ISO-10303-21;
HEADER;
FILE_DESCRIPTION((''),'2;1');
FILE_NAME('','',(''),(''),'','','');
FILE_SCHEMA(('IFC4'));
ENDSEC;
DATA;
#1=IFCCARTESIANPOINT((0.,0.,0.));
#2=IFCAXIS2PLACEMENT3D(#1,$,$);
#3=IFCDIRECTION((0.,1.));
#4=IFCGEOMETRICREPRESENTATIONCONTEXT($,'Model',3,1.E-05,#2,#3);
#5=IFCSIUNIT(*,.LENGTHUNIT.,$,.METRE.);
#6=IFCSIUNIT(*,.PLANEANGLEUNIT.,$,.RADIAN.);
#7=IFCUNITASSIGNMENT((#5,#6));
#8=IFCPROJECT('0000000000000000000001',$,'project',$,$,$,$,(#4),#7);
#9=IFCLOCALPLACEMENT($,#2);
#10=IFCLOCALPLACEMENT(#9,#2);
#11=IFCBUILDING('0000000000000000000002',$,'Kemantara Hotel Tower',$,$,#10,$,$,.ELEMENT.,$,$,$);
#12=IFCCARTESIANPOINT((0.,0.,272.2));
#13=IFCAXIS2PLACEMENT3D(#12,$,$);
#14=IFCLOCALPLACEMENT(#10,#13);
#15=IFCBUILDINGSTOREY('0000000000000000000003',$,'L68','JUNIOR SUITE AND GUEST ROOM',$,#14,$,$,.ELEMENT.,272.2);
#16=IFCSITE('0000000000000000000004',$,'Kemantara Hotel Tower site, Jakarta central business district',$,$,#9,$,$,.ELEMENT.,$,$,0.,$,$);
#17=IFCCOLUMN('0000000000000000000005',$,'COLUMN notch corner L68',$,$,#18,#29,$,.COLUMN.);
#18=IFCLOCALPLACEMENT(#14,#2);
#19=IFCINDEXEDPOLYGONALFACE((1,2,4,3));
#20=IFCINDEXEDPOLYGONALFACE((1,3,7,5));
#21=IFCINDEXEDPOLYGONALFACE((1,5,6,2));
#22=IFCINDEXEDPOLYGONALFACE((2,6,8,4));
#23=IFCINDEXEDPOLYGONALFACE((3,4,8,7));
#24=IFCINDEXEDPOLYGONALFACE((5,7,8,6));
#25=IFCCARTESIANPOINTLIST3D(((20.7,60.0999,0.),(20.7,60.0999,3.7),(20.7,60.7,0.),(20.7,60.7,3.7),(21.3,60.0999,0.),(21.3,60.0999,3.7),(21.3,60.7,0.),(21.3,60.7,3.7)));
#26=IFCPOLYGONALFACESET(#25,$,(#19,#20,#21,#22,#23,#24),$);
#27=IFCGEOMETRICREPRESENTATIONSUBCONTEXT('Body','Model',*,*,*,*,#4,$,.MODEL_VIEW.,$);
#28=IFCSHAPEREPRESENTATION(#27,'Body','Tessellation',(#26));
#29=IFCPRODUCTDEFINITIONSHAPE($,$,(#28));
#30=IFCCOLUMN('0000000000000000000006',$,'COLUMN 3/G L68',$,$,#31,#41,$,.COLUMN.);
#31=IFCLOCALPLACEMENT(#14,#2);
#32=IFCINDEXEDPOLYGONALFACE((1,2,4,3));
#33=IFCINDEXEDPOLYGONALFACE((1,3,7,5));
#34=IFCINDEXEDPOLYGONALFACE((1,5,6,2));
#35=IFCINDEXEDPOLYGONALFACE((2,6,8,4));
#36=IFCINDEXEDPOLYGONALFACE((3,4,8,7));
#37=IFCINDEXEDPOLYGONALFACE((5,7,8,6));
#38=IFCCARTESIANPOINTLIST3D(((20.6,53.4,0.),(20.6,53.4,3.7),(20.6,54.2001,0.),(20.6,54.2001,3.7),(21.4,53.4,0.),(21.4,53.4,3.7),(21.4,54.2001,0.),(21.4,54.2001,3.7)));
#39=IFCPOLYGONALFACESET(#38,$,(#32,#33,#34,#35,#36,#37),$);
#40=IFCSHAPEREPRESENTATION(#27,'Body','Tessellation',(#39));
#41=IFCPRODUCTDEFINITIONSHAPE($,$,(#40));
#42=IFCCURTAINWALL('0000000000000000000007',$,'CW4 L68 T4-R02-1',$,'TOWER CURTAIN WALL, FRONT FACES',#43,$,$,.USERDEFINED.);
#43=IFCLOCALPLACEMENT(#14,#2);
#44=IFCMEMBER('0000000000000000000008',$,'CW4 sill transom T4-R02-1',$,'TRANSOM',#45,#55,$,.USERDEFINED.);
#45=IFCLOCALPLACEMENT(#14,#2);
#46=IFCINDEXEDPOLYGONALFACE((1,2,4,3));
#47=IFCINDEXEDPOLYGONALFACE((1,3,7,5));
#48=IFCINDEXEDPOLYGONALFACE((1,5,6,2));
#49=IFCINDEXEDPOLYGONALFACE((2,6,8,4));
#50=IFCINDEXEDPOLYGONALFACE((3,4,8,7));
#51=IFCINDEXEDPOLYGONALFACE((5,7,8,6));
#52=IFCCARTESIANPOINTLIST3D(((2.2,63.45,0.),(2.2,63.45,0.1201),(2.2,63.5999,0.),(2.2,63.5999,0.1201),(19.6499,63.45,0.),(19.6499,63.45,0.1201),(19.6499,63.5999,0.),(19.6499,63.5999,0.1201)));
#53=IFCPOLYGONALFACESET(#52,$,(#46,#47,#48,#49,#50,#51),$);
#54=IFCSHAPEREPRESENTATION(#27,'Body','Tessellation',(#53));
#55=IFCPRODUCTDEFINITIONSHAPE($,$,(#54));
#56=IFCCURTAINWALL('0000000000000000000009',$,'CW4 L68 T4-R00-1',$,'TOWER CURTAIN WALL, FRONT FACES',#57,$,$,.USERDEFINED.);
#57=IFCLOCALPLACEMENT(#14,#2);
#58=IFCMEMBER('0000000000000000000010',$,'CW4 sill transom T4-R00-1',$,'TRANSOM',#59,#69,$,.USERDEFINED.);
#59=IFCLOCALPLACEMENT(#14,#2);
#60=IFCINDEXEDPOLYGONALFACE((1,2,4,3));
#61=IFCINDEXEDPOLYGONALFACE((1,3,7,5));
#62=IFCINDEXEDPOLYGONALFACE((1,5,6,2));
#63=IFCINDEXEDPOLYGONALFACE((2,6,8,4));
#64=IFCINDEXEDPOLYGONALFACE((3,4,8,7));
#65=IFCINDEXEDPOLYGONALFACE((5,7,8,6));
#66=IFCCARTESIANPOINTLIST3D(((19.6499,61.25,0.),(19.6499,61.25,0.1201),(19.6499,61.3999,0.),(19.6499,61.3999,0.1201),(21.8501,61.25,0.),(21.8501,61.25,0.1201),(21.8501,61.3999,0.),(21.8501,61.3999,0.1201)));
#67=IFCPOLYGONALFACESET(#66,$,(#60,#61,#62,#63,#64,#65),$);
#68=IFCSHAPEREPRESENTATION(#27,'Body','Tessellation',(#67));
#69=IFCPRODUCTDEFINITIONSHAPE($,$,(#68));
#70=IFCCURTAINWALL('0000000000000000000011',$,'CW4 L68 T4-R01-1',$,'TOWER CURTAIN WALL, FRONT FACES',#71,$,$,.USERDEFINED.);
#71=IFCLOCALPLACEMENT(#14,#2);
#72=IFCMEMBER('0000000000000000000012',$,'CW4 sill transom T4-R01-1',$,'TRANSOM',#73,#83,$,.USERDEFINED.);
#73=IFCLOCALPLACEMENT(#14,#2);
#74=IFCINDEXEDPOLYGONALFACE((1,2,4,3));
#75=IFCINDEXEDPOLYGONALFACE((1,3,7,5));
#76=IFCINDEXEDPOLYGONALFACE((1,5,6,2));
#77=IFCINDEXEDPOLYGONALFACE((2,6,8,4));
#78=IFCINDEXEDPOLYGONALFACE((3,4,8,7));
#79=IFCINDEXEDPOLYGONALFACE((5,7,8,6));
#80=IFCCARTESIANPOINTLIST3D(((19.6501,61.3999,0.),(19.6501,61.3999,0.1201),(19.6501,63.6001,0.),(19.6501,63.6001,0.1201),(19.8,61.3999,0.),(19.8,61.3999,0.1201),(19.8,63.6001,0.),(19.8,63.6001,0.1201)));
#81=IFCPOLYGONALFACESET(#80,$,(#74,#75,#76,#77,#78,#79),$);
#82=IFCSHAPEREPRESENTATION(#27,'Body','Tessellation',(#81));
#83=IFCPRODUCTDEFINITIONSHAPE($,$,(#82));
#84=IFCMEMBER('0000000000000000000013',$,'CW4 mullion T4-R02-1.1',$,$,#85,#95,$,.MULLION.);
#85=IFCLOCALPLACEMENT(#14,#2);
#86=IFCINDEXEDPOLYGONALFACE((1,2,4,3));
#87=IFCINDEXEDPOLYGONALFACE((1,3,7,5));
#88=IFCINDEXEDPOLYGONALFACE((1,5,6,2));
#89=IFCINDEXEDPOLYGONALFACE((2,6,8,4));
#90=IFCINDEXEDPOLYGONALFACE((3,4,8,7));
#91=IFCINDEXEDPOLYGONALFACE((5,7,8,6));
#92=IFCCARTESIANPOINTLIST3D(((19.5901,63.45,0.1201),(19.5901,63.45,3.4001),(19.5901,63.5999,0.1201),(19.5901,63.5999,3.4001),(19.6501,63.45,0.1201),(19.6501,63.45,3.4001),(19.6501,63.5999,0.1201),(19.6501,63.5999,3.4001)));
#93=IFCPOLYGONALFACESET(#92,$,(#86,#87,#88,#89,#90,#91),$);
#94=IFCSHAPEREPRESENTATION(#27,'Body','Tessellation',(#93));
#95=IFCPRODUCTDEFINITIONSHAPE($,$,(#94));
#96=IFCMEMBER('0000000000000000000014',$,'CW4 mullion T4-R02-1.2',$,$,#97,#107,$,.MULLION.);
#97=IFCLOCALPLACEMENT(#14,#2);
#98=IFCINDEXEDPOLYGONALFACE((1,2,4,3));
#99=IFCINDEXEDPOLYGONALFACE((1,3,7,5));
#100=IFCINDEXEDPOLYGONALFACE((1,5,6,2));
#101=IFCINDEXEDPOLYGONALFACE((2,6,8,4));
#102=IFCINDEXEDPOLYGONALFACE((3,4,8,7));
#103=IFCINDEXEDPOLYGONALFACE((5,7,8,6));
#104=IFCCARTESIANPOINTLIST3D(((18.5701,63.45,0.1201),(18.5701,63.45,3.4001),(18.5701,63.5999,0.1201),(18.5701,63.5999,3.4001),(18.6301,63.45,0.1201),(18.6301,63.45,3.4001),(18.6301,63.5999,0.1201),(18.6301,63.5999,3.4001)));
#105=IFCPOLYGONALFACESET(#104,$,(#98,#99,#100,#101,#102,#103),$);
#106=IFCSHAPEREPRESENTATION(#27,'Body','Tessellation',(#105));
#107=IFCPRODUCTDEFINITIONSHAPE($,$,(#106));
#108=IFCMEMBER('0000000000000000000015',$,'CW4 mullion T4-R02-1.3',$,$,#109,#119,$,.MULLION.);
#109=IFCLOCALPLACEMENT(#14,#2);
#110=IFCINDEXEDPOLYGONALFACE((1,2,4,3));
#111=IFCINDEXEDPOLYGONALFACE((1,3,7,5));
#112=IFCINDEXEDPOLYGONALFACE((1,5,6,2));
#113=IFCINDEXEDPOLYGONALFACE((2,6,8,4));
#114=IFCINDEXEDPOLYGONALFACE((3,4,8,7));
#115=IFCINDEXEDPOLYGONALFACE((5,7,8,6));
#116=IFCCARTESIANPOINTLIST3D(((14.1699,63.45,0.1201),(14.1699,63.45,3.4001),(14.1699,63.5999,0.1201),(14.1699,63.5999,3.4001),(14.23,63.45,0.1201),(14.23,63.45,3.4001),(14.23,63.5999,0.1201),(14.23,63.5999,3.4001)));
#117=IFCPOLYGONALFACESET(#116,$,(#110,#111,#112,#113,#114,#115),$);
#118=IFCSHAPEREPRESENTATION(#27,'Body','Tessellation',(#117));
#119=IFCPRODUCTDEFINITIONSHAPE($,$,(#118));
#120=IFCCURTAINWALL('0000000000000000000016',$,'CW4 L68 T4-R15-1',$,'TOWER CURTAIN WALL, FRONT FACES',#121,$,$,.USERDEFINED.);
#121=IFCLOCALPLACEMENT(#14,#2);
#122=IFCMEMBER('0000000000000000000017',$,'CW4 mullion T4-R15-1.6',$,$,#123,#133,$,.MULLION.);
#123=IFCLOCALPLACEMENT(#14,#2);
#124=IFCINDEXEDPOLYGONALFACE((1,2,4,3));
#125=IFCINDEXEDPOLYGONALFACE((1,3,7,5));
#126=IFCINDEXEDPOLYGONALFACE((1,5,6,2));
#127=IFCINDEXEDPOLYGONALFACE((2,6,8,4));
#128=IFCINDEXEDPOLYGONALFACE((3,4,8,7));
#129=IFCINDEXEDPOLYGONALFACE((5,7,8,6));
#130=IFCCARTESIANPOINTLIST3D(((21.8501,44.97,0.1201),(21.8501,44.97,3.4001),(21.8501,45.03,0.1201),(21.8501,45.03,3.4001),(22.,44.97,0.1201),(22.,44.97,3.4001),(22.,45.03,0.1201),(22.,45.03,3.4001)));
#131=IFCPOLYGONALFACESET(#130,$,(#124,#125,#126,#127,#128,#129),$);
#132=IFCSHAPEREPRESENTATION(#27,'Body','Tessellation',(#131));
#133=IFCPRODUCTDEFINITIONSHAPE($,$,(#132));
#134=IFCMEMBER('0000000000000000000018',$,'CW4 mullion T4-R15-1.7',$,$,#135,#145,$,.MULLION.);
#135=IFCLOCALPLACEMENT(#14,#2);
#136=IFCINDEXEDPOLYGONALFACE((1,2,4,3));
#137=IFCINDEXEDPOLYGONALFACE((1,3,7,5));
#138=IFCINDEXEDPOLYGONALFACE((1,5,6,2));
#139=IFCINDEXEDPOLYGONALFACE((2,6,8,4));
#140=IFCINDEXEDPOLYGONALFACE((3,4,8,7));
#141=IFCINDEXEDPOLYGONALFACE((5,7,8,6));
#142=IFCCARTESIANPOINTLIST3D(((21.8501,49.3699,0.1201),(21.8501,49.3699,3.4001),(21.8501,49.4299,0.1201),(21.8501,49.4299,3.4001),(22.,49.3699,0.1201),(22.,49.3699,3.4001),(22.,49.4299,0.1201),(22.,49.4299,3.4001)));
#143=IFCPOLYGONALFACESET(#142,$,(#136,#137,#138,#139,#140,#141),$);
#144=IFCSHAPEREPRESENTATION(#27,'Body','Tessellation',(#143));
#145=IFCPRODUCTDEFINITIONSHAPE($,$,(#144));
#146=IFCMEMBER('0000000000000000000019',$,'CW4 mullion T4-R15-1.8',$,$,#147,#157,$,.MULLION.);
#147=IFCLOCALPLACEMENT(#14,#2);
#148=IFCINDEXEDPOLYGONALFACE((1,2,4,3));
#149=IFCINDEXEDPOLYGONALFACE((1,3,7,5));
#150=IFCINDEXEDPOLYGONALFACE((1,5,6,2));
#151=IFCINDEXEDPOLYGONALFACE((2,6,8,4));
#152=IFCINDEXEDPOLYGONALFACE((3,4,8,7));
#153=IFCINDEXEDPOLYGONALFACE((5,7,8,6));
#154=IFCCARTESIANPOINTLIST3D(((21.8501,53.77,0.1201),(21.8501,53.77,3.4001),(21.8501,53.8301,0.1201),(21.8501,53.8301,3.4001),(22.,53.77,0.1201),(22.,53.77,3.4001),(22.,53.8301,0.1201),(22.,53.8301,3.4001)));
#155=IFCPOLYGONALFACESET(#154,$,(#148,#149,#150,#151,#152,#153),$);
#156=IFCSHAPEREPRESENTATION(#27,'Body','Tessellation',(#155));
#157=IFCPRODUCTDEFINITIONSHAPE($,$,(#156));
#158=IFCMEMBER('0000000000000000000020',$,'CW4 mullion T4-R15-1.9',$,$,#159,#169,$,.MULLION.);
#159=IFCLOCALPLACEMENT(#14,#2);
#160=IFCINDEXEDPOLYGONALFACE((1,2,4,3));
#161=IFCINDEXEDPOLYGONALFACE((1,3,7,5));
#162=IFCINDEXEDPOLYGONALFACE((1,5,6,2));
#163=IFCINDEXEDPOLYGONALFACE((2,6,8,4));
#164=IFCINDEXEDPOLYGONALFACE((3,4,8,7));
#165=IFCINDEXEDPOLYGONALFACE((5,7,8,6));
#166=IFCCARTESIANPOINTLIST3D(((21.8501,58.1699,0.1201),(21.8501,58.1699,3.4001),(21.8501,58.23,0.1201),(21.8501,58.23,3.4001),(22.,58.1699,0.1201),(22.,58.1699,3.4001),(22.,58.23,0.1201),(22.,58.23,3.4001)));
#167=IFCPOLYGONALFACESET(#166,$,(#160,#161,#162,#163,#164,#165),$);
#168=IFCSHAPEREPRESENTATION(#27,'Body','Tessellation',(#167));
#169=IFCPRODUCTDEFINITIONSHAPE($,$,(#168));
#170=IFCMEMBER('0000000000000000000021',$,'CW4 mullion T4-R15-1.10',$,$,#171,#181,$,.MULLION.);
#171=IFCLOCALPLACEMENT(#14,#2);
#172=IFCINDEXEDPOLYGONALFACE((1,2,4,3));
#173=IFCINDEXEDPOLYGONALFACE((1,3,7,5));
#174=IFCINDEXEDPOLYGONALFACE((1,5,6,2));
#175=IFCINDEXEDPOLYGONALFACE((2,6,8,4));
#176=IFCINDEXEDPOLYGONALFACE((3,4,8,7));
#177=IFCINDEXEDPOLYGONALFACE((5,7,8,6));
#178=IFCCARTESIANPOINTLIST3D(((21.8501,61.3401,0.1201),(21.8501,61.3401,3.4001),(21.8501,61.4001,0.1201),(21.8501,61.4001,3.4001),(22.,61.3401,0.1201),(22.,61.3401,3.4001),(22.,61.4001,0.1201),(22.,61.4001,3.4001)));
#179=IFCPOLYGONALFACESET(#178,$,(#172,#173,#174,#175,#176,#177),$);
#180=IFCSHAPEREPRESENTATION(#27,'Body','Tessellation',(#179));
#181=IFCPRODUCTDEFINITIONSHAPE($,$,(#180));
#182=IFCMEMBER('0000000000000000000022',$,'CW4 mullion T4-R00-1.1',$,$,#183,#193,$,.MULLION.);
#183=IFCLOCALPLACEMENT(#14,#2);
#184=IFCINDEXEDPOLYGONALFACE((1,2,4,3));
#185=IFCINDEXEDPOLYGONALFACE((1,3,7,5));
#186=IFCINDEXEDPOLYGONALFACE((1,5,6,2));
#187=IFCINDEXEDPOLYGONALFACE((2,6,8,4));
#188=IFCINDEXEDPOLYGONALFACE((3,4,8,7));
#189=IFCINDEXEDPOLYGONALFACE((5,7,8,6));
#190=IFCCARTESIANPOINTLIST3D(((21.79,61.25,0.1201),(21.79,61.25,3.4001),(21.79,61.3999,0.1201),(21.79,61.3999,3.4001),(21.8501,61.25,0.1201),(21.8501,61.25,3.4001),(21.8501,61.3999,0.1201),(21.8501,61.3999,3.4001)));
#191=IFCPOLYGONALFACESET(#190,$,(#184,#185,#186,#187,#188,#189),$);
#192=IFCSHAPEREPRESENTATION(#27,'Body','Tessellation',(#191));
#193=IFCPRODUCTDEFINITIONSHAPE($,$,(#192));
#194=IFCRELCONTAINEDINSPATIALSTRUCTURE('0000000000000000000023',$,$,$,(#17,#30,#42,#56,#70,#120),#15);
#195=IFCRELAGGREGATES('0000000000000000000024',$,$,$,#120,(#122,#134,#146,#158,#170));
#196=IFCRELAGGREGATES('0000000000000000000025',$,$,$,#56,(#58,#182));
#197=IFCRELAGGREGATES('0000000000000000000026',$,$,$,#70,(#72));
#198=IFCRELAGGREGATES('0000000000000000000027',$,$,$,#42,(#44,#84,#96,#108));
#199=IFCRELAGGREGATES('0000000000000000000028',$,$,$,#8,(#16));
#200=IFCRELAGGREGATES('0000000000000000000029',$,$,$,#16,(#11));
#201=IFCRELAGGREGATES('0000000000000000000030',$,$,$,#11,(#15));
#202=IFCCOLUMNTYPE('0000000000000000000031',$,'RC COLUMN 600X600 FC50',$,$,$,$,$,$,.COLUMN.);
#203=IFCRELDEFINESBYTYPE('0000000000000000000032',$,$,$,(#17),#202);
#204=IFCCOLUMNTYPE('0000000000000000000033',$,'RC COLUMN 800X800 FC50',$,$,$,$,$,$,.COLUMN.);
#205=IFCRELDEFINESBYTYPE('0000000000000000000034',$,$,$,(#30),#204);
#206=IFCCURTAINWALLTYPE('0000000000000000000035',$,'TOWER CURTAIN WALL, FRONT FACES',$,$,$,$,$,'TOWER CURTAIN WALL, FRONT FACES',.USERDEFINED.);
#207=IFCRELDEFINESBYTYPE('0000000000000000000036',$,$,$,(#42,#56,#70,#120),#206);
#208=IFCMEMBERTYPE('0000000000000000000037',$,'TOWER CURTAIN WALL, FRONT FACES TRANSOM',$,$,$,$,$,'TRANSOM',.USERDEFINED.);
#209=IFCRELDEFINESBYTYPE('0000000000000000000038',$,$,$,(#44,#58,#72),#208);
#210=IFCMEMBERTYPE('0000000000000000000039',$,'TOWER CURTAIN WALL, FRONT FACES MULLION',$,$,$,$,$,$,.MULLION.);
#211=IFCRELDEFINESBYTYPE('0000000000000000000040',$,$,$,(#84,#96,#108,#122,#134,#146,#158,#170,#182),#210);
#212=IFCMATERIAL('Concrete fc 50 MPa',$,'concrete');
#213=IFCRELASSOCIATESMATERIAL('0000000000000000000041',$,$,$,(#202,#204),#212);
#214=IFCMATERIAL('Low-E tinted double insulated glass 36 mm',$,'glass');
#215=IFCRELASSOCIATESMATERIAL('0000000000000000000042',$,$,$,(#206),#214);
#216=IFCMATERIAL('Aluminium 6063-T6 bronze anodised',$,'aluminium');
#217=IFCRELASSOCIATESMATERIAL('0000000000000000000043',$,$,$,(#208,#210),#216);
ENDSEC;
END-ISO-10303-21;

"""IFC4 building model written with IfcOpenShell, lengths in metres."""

from ifc_helpers import new_model, si_unit, direction, frame, origin, origin_2d, place, context, subcontext, project, spatial, rectangle, extrude, source, transform, mapped, material, material_profile, profile_set, type_object, element, aggregate, save


model = new_model("IFC4")

# Units and contexts
model_context = context("Model", 3, precision=1e-05, world=origin(), true_north=direction((0.0, 1.0)))
body_context = subcontext(model_context, "Body", "Model", "MODEL_VIEW")
ifc_project = project(units=[si_unit("LENGTHUNIT", "METRE"), si_unit("PLANEANGLEUNIT", "RADIAN")], contexts=[model_context])

# Site, building, storey
site_placement = place(None, origin())
site = spatial("IfcSite", under=ifc_project, at=site_placement, Name="Kemantara Hotel Tower site, Jakarta central business district", CompositionType="ELEMENT", RefElevation=0.0)
building_placement = place(site_placement, origin())
building = spatial("IfcBuilding", under=site, at=building_placement, Name="Kemantara Hotel Tower", CompositionType="ELEMENT")
storey_placement = place(building_placement, frame((0.0, 0.0, 272.2)))
storey = spatial("IfcBuildingStorey", under=building, at=storey_placement, Name="L68", Description="JUNIOR SUITE AND GUEST ROOM", CompositionType="ELEMENT", Elevation=272.2)

# Columns
ifc_material_1 = material(Name="Concrete fc 50 MPa", Category="concrete")
ifc_material_profile_1 = material_profile(ifc_material_1, rectangle(XDim=0.6001, YDim=0.6001, at=origin_2d()), Name="RC 600X600")
ifc_profile_set_1 = profile_set([ifc_material_profile_1], Name="Concrete fc 50 MPa")
column_type_1 = type_object("IfcColumnType", Name="RC COLUMN 600X600 FC50", PredefinedType="COLUMN", material=ifc_profile_set_1)
column_1_placement = place(storey_placement, frame((21.0, 60.3999, 0.0), z_axis=(0.0, 0.0, 1.0), x_axis=(1.0, 0.0, 0.0)))
element("IfcColumn", 1, at=column_1_placement, inside=storey, type_object=column_type_1, Name="COLUMN notch corner L68", PredefinedType="COLUMN", context=body_context, shape_type="SweptSolid", body=[
    extrude(rectangle(XDim=0.6001, YDim=0.6001, at=origin_2d()), origin(), (0.0, 0.0, 1.0), 3.7),
])
ifc_material_profile_2 = material_profile(ifc_material_1, rectangle(XDim=0.8, YDim=0.8, at=origin_2d()), Name="RC 800X800")
ifc_profile_set_2 = profile_set([ifc_material_profile_2], Name="Concrete fc 50 MPa")
column_type_2 = type_object("IfcColumnType", Name="RC COLUMN 800X800 FC50", PredefinedType="COLUMN", material=ifc_profile_set_2)
column_2_placement = place(storey_placement, frame((21.0, 53.8, 0.0), z_axis=(0.0, 0.0, 1.0), x_axis=(1.0, 0.0, 0.0)))
element("IfcColumn", 2, at=column_2_placement, inside=storey, type_object=column_type_2, Name="COLUMN 3/G L68", PredefinedType="COLUMN", context=body_context, shape_type="SweptSolid", body=[
    extrude(rectangle(XDim=0.8, YDim=0.8, at=origin_2d()), origin(), (0.0, 0.0, 1.0), 3.7),
])

# Curtain walls, members
ifc_material_2 = material(Name="Low-E tinted double insulated glass 36 mm", Category="glass")
curtain_wall_type = type_object("IfcCurtainWallType", Name="TOWER CURTAIN WALL, FRONT FACES", ElementType="TOWER CURTAIN WALL, FRONT FACES", PredefinedType="USERDEFINED", material=ifc_material_2)
curtain_wall_1_placement = place(storey_placement, origin())
curtain_wall_1 = element("IfcCurtainWall", 3, at=curtain_wall_1_placement, inside=storey, type_object=curtain_wall_type, Name="CW4 L68 T4-R02-1", ObjectType="TOWER CURTAIN WALL, FRONT FACES", PredefinedType="USERDEFINED")
ifc_material_3 = material(Name="Aluminium 6063-T6 bronze anodised", Category="aluminium")
ifc_material_profile_3 = material_profile(ifc_material_3, rectangle(XDim=0.1499, YDim=0.1201, at=origin_2d()), Name="TOWER CURTAIN WALL, FRONT FACES TRANSOM")
ifc_profile_set_3 = profile_set([ifc_material_profile_3], Name="Aluminium 6063-T6 bronze anodised")
member_type_1 = type_object("IfcMemberType", Name="TOWER CURTAIN WALL, FRONT FACES TRANSOM", ElementType="TRANSOM", PredefinedType="USERDEFINED", material=ifc_profile_set_3)
member_1_placement = place(storey_placement, frame((19.6499, 63.5249, 0.0601), z_axis=(-1.0, 0.0, 0.0), x_axis=(0.0, -1.0, 0.0)))
member_1 = element("IfcMember", 4, at=member_1_placement, type_object=member_type_1, Name="CW4 sill transom T4-R02-1", ObjectType="TRANSOM", PredefinedType="USERDEFINED", context=body_context, shape_type="SweptSolid", body=[
    extrude(rectangle(XDim=0.1499, YDim=0.1201, at=origin_2d()), origin(), (0.0, 0.0, 1.0), 17.45),
])
curtain_wall_2_placement = place(storey_placement, origin())
curtain_wall_2 = element("IfcCurtainWall", 5, at=curtain_wall_2_placement, inside=storey, type_object=curtain_wall_type, Name="CW4 L68 T4-R00-1", ObjectType="TOWER CURTAIN WALL, FRONT FACES", PredefinedType="USERDEFINED")
member_2_placement = place(storey_placement, frame((21.8501, 61.325, 0.0601), z_axis=(-1.0, 0.0, 0.0), x_axis=(0.0, -1.0, 0.0)))
member_2 = element("IfcMember", 6, at=member_2_placement, type_object=member_type_1, Name="CW4 sill transom T4-R00-1", ObjectType="TRANSOM", PredefinedType="USERDEFINED", context=body_context, shape_type="SweptSolid", body=[
    extrude(rectangle(XDim=0.1499, YDim=0.1201, at=origin_2d()), origin(), (0.0, 0.0, 1.0), 2.2002),
])
curtain_wall_3_placement = place(storey_placement, origin())
curtain_wall_3 = element("IfcCurtainWall", 7, at=curtain_wall_3_placement, inside=storey, type_object=curtain_wall_type, Name="CW4 L68 T4-R01-1", ObjectType="TOWER CURTAIN WALL, FRONT FACES", PredefinedType="USERDEFINED")
member_3_placement = place(storey_placement, frame((19.7251, 61.3999, 0.0601), z_axis=(0.0, 1.0, 0.0), x_axis=(-1.0, 0.0, 0.0)))
member_3 = element("IfcMember", 8, at=member_3_placement, type_object=member_type_1, Name="CW4 sill transom T4-R01-1", ObjectType="TRANSOM", PredefinedType="USERDEFINED", context=body_context, shape_type="SweptSolid", body=[
    extrude(rectangle(XDim=0.1499, YDim=0.1201, at=origin_2d()), origin(), (0.0, 0.0, 1.0), 2.2002),
])

# Members
ifc_material_profile_4 = material_profile(ifc_material_3, rectangle(XDim=0.1499, YDim=0.0601, at=origin_2d()), Name="TOWER CURTAIN WALL, FRONT FACES MULLION")
ifc_profile_set_4 = profile_set([ifc_material_profile_4], Name="Aluminium 6063-T6 bronze anodised")
member_type_2 = type_object("IfcMemberType", Name="TOWER CURTAIN WALL, FRONT FACES MULLION", PredefinedType="MULLION", material=ifc_profile_set_4)
shared_shape_1 = source(origin(), body_context, "Body", "SweptSolid", [
    extrude(rectangle(XDim=0.1499, YDim=0.0601, at=origin_2d()), origin(), (0.0, 0.0, 1.0), 3.28),
])
member_4_placement = place(storey_placement, frame((19.6201, 63.5249, 0.1201), z_axis=(0.0, 0.0, 1.0), x_axis=(0.0, -1.0, 0.0)))
member_4 = element("IfcMember", 9, at=member_4_placement, type_object=member_type_2, Name="CW4 mullion T4-R02-1.1", PredefinedType="MULLION", context=body_context, shape_type="MappedRepresentation", body=[
    mapped(shared_shape_1, transform((0.0, 0.0, 0.0))),
])
member_5_placement = place(storey_placement, frame((18.6001, 63.5249, 0.1201), z_axis=(0.0, 0.0, 1.0), x_axis=(0.0, -1.0, 0.0)))
member_5 = element("IfcMember", 10, at=member_5_placement, type_object=member_type_2, Name="CW4 mullion T4-R02-1.2", PredefinedType="MULLION", context=body_context, shape_type="MappedRepresentation", body=[
    mapped(shared_shape_1, transform((0.0, 0.0, 0.0))),
])
member_6_placement = place(storey_placement, frame((14.2, 63.5249, 0.1201), z_axis=(0.0, 0.0, 1.0), x_axis=(0.0, -1.0, 0.0)))
member_6 = element("IfcMember", 11, at=member_6_placement, type_object=member_type_2, Name="CW4 mullion T4-R02-1.3", PredefinedType="MULLION", context=body_context, shape_type="MappedRepresentation", body=[
    mapped(shared_shape_1, transform((0.0, 0.0, 0.0))),
])

# Curtain wall, members
curtain_wall_4_placement = place(storey_placement, origin())
curtain_wall_4 = element("IfcCurtainWall", 12, at=curtain_wall_4_placement, inside=storey, type_object=curtain_wall_type, Name="CW4 L68 T4-R15-1", ObjectType="TOWER CURTAIN WALL, FRONT FACES", PredefinedType="USERDEFINED")
member_7_placement = place(storey_placement, frame((21.925, 45.0, 0.1201), z_axis=(0.0, 0.0, 1.0), x_axis=(-1.0, 0.0, 0.0)))
member_7 = element("IfcMember", 13, at=member_7_placement, type_object=member_type_2, Name="CW4 mullion T4-R15-1.6", PredefinedType="MULLION", context=body_context, shape_type="MappedRepresentation", body=[
    mapped(shared_shape_1, transform((0.0, 0.0, 0.0))),
])
member_8_placement = place(storey_placement, frame((21.925, 49.3999, 0.1201), z_axis=(0.0, 0.0, 1.0), x_axis=(-1.0, 0.0, 0.0)))
member_8 = element("IfcMember", 14, at=member_8_placement, type_object=member_type_2, Name="CW4 mullion T4-R15-1.7", PredefinedType="MULLION", context=body_context, shape_type="MappedRepresentation", body=[
    mapped(shared_shape_1, transform((0.0, 0.0, 0.0))),
])
member_9_placement = place(storey_placement, frame((21.925, 53.8, 0.1201), z_axis=(0.0, 0.0, 1.0), x_axis=(-1.0, 0.0, 0.0)))
member_9 = element("IfcMember", 15, at=member_9_placement, type_object=member_type_2, Name="CW4 mullion T4-R15-1.8", PredefinedType="MULLION", context=body_context, shape_type="MappedRepresentation", body=[
    mapped(shared_shape_1, transform((0.0, 0.0, 0.0))),
])
member_10_placement = place(storey_placement, frame((21.925, 58.2, 0.1201), z_axis=(0.0, 0.0, 1.0), x_axis=(-1.0, 0.0, 0.0)))
member_10 = element("IfcMember", 16, at=member_10_placement, type_object=member_type_2, Name="CW4 mullion T4-R15-1.9", PredefinedType="MULLION", context=body_context, shape_type="MappedRepresentation", body=[
    mapped(shared_shape_1, transform((0.0, 0.0, 0.0))),
])
member_11_placement = place(storey_placement, frame((21.925, 61.3701, 0.1201), z_axis=(0.0, 0.0, 1.0), x_axis=(-1.0, 0.0, 0.0)))
member_11 = element("IfcMember", 17, at=member_11_placement, type_object=member_type_2, Name="CW4 mullion T4-R15-1.10", PredefinedType="MULLION", context=body_context, shape_type="MappedRepresentation", body=[
    mapped(shared_shape_1, transform((0.0, 0.0, 0.0))),
])

# Member
member_12_placement = place(storey_placement, frame((21.8201, 61.325, 0.1201), z_axis=(0.0, 0.0, 1.0), x_axis=(0.0, -1.0, 0.0)))
member_12 = element("IfcMember", 18, at=member_12_placement, type_object=member_type_2, Name="CW4 mullion T4-R00-1.1", PredefinedType="MULLION", context=body_context, shape_type="MappedRepresentation", body=[
    mapped(shared_shape_1, transform((0.0, 0.0, 0.0))),
])

aggregate(curtain_wall_4, [member_7, member_8, member_9, member_10, member_11])
aggregate(curtain_wall_2, [member_2, member_12])
aggregate(curtain_wall_3, [member_3])
aggregate(curtain_wall_1, [member_1, member_4, member_5, member_6])

save(model, "model.ifc")
